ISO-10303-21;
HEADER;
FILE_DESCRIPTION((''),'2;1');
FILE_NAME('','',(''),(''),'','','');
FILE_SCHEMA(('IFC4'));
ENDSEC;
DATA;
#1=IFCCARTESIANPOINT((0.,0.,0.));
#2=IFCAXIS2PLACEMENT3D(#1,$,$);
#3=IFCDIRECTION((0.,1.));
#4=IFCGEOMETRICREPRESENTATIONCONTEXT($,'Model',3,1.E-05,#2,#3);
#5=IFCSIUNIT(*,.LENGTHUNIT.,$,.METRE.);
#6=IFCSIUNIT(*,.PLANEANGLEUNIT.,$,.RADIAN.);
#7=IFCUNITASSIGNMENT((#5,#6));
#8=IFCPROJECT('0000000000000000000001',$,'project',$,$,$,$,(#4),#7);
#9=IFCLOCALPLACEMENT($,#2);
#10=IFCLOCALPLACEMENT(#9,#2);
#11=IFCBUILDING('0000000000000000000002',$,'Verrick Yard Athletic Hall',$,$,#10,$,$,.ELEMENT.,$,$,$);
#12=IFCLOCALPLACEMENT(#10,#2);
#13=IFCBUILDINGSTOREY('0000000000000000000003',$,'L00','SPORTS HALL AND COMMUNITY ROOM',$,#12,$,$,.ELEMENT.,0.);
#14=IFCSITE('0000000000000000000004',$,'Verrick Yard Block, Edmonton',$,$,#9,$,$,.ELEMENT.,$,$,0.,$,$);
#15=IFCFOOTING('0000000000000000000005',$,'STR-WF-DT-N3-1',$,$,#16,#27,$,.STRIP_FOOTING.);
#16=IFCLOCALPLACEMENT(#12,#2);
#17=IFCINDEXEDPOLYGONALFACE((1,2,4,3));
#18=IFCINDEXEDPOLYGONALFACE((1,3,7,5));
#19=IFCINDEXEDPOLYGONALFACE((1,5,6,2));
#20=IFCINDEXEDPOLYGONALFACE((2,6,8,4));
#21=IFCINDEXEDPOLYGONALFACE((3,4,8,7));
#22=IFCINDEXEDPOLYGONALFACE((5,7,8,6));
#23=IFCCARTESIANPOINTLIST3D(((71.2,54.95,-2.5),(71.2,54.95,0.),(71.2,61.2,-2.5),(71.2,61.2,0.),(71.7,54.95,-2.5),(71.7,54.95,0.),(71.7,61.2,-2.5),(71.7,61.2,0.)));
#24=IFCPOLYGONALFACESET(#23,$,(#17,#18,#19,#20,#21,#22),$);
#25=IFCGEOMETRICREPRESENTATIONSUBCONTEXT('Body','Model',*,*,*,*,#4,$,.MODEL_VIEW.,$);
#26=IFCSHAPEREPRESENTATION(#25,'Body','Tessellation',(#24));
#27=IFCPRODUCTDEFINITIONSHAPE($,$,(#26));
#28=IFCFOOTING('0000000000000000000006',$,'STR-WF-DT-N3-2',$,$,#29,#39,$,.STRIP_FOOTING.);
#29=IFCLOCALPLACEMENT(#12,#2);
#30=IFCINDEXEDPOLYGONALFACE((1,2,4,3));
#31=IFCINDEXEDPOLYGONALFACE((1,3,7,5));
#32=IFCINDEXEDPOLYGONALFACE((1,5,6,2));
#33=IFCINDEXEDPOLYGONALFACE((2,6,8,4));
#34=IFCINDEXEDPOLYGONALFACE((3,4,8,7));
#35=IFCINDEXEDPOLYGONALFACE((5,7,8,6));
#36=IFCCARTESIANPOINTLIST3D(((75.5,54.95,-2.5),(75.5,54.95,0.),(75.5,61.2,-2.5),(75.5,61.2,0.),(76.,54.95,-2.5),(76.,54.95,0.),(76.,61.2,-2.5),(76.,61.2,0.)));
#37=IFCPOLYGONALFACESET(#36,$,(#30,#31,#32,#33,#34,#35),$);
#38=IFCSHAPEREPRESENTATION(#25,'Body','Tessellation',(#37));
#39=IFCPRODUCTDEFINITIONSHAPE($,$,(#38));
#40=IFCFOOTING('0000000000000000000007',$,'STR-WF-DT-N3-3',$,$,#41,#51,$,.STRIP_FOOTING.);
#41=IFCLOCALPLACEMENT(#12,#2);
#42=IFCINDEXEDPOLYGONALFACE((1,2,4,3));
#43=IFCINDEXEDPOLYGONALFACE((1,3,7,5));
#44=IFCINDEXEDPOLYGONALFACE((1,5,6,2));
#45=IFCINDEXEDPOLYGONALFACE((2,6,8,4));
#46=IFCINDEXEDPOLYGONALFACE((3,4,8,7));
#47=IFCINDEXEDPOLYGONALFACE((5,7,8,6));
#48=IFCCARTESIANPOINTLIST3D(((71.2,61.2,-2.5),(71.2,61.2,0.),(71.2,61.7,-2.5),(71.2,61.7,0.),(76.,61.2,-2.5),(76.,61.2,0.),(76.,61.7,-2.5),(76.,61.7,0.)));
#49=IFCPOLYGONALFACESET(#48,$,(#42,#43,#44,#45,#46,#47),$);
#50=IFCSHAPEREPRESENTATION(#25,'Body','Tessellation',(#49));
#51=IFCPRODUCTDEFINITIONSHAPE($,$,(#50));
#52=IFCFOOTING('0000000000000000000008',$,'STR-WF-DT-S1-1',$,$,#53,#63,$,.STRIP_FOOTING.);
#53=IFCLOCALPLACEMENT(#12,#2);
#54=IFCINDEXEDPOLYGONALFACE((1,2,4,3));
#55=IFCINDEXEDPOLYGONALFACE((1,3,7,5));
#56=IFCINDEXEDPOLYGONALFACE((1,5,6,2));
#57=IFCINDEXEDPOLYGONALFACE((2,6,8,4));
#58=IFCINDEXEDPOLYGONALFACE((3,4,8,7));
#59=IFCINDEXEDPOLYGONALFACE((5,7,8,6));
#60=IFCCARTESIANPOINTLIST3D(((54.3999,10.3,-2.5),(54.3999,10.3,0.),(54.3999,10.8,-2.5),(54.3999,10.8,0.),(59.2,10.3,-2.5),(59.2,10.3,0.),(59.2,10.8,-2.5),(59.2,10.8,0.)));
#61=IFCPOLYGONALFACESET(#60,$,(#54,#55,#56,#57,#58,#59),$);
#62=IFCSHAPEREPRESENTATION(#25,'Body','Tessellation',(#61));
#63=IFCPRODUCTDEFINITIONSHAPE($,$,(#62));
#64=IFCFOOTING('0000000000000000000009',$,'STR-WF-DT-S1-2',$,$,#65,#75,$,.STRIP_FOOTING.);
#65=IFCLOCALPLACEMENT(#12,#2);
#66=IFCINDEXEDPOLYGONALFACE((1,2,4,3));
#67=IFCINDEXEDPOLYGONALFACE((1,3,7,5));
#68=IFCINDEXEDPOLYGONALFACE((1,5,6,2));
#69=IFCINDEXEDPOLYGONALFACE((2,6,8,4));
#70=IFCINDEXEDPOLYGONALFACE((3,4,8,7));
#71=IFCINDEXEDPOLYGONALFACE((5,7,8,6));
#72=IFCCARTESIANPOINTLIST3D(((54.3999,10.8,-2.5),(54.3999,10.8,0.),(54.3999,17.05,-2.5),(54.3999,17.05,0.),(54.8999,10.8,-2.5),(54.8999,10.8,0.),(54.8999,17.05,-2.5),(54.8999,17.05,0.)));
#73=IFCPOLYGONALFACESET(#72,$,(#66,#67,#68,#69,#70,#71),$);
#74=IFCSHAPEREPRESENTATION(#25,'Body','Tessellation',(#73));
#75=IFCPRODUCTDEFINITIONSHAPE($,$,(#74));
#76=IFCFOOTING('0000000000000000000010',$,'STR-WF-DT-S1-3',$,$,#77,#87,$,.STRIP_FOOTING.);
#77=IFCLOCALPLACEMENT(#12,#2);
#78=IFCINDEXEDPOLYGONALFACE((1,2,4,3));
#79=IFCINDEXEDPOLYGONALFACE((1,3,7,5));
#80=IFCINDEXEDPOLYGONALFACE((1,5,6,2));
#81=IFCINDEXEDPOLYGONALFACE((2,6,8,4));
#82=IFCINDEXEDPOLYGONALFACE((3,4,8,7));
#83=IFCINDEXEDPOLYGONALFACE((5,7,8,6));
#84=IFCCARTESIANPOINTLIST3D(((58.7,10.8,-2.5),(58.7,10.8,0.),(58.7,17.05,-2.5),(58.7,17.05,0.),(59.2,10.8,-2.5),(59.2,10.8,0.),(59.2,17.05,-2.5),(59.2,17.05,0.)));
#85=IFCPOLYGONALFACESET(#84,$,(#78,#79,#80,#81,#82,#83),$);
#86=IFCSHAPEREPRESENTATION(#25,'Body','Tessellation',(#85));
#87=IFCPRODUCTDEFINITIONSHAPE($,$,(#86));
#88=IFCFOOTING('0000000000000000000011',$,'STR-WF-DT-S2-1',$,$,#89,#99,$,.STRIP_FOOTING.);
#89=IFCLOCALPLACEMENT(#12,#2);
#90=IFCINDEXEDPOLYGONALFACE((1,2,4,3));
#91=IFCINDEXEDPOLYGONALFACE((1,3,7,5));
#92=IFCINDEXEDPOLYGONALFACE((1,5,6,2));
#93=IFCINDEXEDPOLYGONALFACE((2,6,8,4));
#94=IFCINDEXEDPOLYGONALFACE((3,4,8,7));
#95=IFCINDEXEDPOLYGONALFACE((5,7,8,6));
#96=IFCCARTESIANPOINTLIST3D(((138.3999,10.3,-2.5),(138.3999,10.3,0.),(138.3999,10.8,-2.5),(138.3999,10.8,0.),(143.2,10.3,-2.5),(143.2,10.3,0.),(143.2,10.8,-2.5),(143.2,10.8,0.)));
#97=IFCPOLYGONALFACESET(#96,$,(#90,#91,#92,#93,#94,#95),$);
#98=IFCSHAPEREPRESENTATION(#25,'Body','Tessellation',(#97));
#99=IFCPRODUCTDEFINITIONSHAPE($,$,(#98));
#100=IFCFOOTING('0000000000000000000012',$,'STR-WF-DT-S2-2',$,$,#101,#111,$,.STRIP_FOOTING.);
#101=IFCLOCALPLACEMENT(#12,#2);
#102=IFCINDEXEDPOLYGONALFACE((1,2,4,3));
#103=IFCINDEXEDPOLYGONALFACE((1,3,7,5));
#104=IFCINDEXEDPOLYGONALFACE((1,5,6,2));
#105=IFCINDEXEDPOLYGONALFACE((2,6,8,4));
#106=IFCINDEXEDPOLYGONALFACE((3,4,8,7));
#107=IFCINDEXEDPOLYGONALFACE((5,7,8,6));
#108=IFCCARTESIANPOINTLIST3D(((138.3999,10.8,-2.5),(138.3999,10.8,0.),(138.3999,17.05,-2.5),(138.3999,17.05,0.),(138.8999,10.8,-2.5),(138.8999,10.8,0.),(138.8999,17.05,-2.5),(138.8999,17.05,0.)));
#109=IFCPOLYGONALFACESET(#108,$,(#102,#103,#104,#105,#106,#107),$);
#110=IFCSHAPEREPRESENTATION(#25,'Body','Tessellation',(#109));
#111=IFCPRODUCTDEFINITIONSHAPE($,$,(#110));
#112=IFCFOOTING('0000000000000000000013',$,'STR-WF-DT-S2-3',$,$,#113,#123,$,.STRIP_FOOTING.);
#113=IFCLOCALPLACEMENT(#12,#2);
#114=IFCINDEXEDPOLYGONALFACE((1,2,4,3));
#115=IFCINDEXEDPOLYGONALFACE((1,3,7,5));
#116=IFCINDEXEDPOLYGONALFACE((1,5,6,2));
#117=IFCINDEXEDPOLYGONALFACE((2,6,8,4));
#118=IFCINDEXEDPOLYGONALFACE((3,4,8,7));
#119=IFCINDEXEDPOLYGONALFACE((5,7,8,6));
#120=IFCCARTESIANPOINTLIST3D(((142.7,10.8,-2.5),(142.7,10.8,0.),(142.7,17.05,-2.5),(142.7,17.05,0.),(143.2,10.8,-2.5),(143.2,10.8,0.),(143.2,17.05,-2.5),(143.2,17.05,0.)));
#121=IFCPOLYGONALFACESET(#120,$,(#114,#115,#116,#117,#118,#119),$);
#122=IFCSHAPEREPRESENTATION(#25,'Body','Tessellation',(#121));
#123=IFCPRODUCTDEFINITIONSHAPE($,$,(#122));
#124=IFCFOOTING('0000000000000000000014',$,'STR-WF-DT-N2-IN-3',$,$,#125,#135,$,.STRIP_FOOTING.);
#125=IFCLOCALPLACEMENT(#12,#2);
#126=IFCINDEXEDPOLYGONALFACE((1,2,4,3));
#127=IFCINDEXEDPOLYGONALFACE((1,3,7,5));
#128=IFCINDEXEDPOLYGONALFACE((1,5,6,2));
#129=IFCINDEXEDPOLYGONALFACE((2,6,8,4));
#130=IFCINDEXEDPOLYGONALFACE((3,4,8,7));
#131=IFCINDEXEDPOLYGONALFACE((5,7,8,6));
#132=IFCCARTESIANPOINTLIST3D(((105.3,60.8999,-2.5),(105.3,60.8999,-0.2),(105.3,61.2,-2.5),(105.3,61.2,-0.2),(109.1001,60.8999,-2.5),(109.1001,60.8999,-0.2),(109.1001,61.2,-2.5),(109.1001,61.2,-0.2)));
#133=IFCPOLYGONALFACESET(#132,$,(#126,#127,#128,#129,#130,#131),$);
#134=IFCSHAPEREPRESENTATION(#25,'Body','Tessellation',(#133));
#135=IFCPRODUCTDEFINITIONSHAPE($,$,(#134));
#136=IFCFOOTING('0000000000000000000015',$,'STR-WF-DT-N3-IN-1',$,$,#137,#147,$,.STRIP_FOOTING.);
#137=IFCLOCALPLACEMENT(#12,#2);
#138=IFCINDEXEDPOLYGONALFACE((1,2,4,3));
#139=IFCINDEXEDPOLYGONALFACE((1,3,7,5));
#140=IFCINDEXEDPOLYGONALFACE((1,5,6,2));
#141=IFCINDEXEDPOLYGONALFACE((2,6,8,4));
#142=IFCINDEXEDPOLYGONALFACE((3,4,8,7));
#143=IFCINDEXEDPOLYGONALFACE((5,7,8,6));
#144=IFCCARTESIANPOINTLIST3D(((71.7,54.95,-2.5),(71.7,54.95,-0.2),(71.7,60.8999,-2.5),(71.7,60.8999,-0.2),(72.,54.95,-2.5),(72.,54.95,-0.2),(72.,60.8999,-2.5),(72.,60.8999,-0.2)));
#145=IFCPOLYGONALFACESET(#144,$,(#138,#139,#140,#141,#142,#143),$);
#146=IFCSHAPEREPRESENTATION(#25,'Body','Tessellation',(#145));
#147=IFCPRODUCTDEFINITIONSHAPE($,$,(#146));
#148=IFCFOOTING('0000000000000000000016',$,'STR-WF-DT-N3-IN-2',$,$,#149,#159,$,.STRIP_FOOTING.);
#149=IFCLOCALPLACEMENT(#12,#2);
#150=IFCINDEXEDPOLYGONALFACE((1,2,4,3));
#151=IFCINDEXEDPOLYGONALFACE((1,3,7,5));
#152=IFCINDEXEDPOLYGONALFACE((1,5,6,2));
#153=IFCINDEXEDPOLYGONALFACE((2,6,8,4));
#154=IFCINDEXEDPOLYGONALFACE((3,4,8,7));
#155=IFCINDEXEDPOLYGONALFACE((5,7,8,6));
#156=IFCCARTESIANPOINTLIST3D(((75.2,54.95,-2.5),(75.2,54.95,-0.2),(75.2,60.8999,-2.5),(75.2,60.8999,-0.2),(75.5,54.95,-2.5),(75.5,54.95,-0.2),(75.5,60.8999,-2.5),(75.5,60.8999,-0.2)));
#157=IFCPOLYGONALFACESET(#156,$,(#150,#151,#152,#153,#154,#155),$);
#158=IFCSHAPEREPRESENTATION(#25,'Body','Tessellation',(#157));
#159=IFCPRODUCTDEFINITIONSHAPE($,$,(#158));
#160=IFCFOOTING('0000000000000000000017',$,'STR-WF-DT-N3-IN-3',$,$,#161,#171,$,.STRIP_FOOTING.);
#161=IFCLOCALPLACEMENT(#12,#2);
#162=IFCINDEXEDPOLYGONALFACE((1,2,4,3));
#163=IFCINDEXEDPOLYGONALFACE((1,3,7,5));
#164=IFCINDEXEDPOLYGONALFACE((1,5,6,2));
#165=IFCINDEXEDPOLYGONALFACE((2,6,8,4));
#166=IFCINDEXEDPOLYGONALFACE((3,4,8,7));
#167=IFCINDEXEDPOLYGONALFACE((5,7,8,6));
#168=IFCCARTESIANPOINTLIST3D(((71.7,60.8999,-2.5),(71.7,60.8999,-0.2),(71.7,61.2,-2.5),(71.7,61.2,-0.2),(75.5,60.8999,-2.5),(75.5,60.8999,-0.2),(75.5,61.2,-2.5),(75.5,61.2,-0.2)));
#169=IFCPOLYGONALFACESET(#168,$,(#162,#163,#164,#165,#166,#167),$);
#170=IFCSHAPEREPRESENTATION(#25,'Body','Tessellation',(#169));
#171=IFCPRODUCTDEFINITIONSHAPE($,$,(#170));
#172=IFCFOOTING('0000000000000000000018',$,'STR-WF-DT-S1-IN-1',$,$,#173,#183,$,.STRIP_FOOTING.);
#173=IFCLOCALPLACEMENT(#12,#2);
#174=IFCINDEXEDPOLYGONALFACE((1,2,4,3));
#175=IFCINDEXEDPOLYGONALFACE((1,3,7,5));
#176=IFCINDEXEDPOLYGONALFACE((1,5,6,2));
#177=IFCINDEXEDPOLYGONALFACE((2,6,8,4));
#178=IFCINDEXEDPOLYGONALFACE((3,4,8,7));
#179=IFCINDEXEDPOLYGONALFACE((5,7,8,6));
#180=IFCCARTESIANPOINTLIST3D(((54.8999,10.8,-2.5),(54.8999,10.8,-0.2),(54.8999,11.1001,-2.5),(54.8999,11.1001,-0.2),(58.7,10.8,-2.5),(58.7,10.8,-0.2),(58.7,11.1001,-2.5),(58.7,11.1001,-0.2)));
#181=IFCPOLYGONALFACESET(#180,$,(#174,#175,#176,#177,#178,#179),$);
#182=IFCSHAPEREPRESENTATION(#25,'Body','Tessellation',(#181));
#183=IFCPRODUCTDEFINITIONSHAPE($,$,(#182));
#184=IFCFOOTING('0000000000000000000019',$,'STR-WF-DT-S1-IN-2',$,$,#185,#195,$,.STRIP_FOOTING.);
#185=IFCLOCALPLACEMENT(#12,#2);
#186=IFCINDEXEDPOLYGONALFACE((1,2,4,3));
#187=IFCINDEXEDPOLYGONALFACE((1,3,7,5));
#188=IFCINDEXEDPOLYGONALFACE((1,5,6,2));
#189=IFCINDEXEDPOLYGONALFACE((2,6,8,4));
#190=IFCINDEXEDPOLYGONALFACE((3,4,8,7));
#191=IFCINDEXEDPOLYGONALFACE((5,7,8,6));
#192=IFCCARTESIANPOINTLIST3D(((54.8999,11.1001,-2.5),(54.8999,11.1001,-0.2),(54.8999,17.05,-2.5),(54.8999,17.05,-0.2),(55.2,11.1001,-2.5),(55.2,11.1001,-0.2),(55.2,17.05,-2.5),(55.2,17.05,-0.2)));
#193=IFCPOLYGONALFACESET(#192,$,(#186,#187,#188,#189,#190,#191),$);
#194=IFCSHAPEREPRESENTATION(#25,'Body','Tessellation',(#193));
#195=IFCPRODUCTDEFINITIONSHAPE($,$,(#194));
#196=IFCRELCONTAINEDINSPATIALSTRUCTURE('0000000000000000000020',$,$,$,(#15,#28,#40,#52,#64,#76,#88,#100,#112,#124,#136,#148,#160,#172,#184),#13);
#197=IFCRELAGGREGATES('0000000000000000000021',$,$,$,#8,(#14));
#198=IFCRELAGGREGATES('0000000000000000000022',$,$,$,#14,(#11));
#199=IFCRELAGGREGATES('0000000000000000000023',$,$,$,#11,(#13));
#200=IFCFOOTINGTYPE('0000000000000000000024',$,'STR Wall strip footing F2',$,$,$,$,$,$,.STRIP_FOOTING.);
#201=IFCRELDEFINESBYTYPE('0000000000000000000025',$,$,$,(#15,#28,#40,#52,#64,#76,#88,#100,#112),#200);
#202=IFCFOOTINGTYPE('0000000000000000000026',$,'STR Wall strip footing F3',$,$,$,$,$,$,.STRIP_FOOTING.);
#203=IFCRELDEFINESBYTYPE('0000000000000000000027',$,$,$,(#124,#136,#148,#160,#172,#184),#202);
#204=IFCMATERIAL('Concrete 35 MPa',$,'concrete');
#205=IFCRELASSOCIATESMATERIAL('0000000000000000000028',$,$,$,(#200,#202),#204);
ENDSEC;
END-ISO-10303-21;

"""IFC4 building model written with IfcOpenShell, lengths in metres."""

from ifc_helpers import new_model, si_unit, direction, frame, origin, origin_2d, place, context, subcontext, project, spatial, polyline, rectangle, outline, extrude, material, material_profile, profile_set, type_object, element, save


model = new_model("IFC4")

# Units and contexts
model_context = context("Model", 3, precision=1e-05, world=origin(), true_north=direction((0.0, 1.0)))
body_context = subcontext(model_context, "Body", "Model", "MODEL_VIEW")
ifc_project = project(units=[si_unit("LENGTHUNIT", "METRE"), si_unit("PLANEANGLEUNIT", "RADIAN")], contexts=[model_context])

# Site, building, storey
site_placement = place(None, origin())
site = spatial("IfcSite", under=ifc_project, at=site_placement, Name="Verrick Yard Block, Edmonton", CompositionType="ELEMENT", RefElevation=0.0)
building_placement = place(site_placement, origin())
building = spatial("IfcBuilding", under=site, at=building_placement, Name="Verrick Yard Athletic Hall", CompositionType="ELEMENT")
storey_placement = place(building_placement, origin())
storey = spatial("IfcBuildingStorey", under=building, at=storey_placement, Name="L00", Description="SPORTS HALL AND COMMUNITY ROOM", CompositionType="ELEMENT", Elevation=0.0)

# Footings
ifc_material = material(Name="Concrete 35 MPa", Category="concrete")
ifc_material_profile_1 = material_profile(ifc_material, rectangle(XDim=0.5, YDim=2.5, at=origin_2d()), Name="STR Wall strip footing F2")
ifc_profile_set_1 = profile_set([ifc_material_profile_1], Name="Concrete 35 MPa")
footing_type_1 = type_object("IfcFootingType", Name="STR Wall strip footing F2", PredefinedType="STRIP_FOOTING", material=ifc_profile_set_1)
footing_1_placement = place(storey_placement, frame((0.0, 0.0, -2.5)))
element("IfcFooting", 1, at=footing_1_placement, inside=storey, type_object=footing_type_1, Name="STR-WF-DT-N3-1", PredefinedType="STRIP_FOOTING", context=body_context, shape_type="SweptSolid", body=[
    extrude(outline(polyline([(71.2, 54.95), (71.7, 54.95), (71.7, 61.2), (71.2, 61.2), (71.2, 54.95)])), origin(), (0.0, 0.0, 1.0), 2.5),
])
footing_2_placement = place(storey_placement, frame((0.0, 0.0, -2.5)))
element("IfcFooting", 2, at=footing_2_placement, inside=storey, type_object=footing_type_1, Name="STR-WF-DT-N3-2", PredefinedType="STRIP_FOOTING", context=body_context, shape_type="SweptSolid", body=[
    extrude(outline(polyline([(75.5, 54.95), (76.0, 54.95), (76.0, 61.2), (75.5, 61.2), (75.5, 54.95)])), origin(), (0.0, 0.0, 1.0), 2.5),
])
footing_3_placement = place(storey_placement, frame((0.0, 0.0, -2.5)))
element("IfcFooting", 3, at=footing_3_placement, inside=storey, type_object=footing_type_1, Name="STR-WF-DT-N3-3", PredefinedType="STRIP_FOOTING", context=body_context, shape_type="SweptSolid", body=[
    extrude(outline(polyline([(71.2, 61.2), (76.0, 61.2), (76.0, 61.7), (71.2, 61.7), (71.2, 61.2)])), origin(), (0.0, 0.0, 1.0), 2.5),
])
footing_4_placement = place(storey_placement, frame((0.0, 0.0, -2.5)))
element("IfcFooting", 4, at=footing_4_placement, inside=storey, type_object=footing_type_1, Name="STR-WF-DT-S1-1", PredefinedType="STRIP_FOOTING", context=body_context, shape_type="SweptSolid", body=[
    extrude(outline(polyline([(54.3999, 10.3), (59.2, 10.3), (59.2, 10.8), (54.3999, 10.8), (54.3999, 10.3)])), origin(), (0.0, 0.0, 1.0), 2.5),
])
footing_5_placement = place(storey_placement, frame((0.0, 0.0, -2.5)))
element("IfcFooting", 5, at=footing_5_placement, inside=storey, type_object=footing_type_1, Name="STR-WF-DT-S1-2", PredefinedType="STRIP_FOOTING", context=body_context, shape_type="SweptSolid", body=[
    extrude(outline(polyline([(54.3999, 10.8), (54.8999, 10.8), (54.8999, 17.05), (54.3999, 17.05), (54.3999, 10.8)])), origin(), (0.0, 0.0, 1.0), 2.5),
])
footing_6_placement = place(storey_placement, frame((0.0, 0.0, -2.5)))
element("IfcFooting", 6, at=footing_6_placement, inside=storey, type_object=footing_type_1, Name="STR-WF-DT-S1-3", PredefinedType="STRIP_FOOTING", context=body_context, shape_type="SweptSolid", body=[
    extrude(outline(polyline([(58.7, 10.8), (59.2, 10.8), (59.2, 17.05), (58.7, 17.05), (58.7, 10.8)])), origin(), (0.0, 0.0, 1.0), 2.5),
])
footing_7_placement = place(storey_placement, frame((0.0, 0.0, -2.5)))
element("IfcFooting", 7, at=footing_7_placement, inside=storey, type_object=footing_type_1, Name="STR-WF-DT-S2-1", PredefinedType="STRIP_FOOTING", context=body_context, shape_type="SweptSolid", body=[
    extrude(outline(polyline([(138.3999, 10.3), (143.2, 10.3), (143.2, 10.8), (138.3999, 10.8), (138.3999, 10.3)])), origin(), (0.0, 0.0, 1.0), 2.5),
])
footing_8_placement = place(storey_placement, frame((0.0, 0.0, -2.5)))
element("IfcFooting", 8, at=footing_8_placement, inside=storey, type_object=footing_type_1, Name="STR-WF-DT-S2-2", PredefinedType="STRIP_FOOTING", context=body_context, shape_type="SweptSolid", body=[
    extrude(outline(polyline([(138.3999, 10.8), (138.8999, 10.8), (138.8999, 17.05), (138.3999, 17.05), (138.3999, 10.8)])), origin(), (0.0, 0.0, 1.0), 2.5),
])
footing_9_placement = place(storey_placement, frame((0.0, 0.0, -2.5)))
element("IfcFooting", 9, at=footing_9_placement, inside=storey, type_object=footing_type_1, Name="STR-WF-DT-S2-3", PredefinedType="STRIP_FOOTING", context=body_context, shape_type="SweptSolid", body=[
    extrude(outline(polyline([(142.7, 10.8), (143.2, 10.8), (143.2, 17.05), (142.7, 17.05), (142.7, 10.8)])), origin(), (0.0, 0.0, 1.0), 2.5),
])
ifc_material_profile_2 = material_profile(ifc_material, rectangle(XDim=0.3, YDim=2.3, at=origin_2d()), Name="STR Wall strip footing F3")
ifc_profile_set_2 = profile_set([ifc_material_profile_2], Name="Concrete 35 MPa")
footing_type_2 = type_object("IfcFootingType", Name="STR Wall strip footing F3", PredefinedType="STRIP_FOOTING", material=ifc_profile_set_2)
footing_10_placement = place(storey_placement, frame((0.0, 0.0, -2.5)))
element("IfcFooting", 10, at=footing_10_placement, inside=storey, type_object=footing_type_2, Name="STR-WF-DT-N2-IN-3", PredefinedType="STRIP_FOOTING", context=body_context, shape_type="SweptSolid", body=[
    extrude(outline(polyline([(105.3, 60.8999), (109.1001, 60.8999), (109.1001, 61.2), (105.3, 61.2), (105.3, 60.8999)])), origin(), (0.0, 0.0, 1.0), 2.3),
])
footing_11_placement = place(storey_placement, frame((0.0, 0.0, -2.5)))
element("IfcFooting", 11, at=footing_11_placement, inside=storey, type_object=footing_type_2, Name="STR-WF-DT-N3-IN-1", PredefinedType="STRIP_FOOTING", context=body_context, shape_type="SweptSolid", body=[
    extrude(outline(polyline([(71.7, 54.95), (72.0, 54.95), (72.0, 60.8999), (71.7, 60.8999), (71.7, 54.95)])), origin(), (0.0, 0.0, 1.0), 2.3),
])
footing_12_placement = place(storey_placement, frame((0.0, 0.0, -2.5)))
element("IfcFooting", 12, at=footing_12_placement, inside=storey, type_object=footing_type_2, Name="STR-WF-DT-N3-IN-2", PredefinedType="STRIP_FOOTING", context=body_context, shape_type="SweptSolid", body=[
    extrude(outline(polyline([(75.2, 54.95), (75.5, 54.95), (75.5, 60.8999), (75.2, 60.8999), (75.2, 54.95)])), origin(), (0.0, 0.0, 1.0), 2.3),
])
footing_13_placement = place(storey_placement, frame((0.0, 0.0, -2.5)))
element("IfcFooting", 13, at=footing_13_placement, inside=storey, type_object=footing_type_2, Name="STR-WF-DT-N3-IN-3", PredefinedType="STRIP_FOOTING", context=body_context, shape_type="SweptSolid", body=[
    extrude(outline(polyline([(71.7, 60.8999), (75.5, 60.8999), (75.5, 61.2), (71.7, 61.2), (71.7, 60.8999)])), origin(), (0.0, 0.0, 1.0), 2.3),
])
footing_14_placement = place(storey_placement, frame((0.0, 0.0, -2.5)))
element("IfcFooting", 14, at=footing_14_placement, inside=storey, type_object=footing_type_2, Name="STR-WF-DT-S1-IN-1", PredefinedType="STRIP_FOOTING", context=body_context, shape_type="SweptSolid", body=[
    extrude(outline(polyline([(54.8999, 10.8), (58.7, 10.8), (58.7, 11.1001), (54.8999, 11.1001), (54.8999, 10.8)])), origin(), (0.0, 0.0, 1.0), 2.3),
])
footing_15_placement = place(storey_placement, frame((0.0, 0.0, -2.5)))
element("IfcFooting", 15, at=footing_15_placement, inside=storey, type_object=footing_type_2, Name="STR-WF-DT-S1-IN-2", PredefinedType="STRIP_FOOTING", context=body_context, shape_type="SweptSolid", body=[
    extrude(outline(polyline([(54.8999, 11.1001), (55.2, 11.1001), (55.2, 17.05), (54.8999, 17.05), (54.8999, 11.1001)])), origin(), (0.0, 0.0, 1.0), 2.3),
])

save(model, "model.ifc")
